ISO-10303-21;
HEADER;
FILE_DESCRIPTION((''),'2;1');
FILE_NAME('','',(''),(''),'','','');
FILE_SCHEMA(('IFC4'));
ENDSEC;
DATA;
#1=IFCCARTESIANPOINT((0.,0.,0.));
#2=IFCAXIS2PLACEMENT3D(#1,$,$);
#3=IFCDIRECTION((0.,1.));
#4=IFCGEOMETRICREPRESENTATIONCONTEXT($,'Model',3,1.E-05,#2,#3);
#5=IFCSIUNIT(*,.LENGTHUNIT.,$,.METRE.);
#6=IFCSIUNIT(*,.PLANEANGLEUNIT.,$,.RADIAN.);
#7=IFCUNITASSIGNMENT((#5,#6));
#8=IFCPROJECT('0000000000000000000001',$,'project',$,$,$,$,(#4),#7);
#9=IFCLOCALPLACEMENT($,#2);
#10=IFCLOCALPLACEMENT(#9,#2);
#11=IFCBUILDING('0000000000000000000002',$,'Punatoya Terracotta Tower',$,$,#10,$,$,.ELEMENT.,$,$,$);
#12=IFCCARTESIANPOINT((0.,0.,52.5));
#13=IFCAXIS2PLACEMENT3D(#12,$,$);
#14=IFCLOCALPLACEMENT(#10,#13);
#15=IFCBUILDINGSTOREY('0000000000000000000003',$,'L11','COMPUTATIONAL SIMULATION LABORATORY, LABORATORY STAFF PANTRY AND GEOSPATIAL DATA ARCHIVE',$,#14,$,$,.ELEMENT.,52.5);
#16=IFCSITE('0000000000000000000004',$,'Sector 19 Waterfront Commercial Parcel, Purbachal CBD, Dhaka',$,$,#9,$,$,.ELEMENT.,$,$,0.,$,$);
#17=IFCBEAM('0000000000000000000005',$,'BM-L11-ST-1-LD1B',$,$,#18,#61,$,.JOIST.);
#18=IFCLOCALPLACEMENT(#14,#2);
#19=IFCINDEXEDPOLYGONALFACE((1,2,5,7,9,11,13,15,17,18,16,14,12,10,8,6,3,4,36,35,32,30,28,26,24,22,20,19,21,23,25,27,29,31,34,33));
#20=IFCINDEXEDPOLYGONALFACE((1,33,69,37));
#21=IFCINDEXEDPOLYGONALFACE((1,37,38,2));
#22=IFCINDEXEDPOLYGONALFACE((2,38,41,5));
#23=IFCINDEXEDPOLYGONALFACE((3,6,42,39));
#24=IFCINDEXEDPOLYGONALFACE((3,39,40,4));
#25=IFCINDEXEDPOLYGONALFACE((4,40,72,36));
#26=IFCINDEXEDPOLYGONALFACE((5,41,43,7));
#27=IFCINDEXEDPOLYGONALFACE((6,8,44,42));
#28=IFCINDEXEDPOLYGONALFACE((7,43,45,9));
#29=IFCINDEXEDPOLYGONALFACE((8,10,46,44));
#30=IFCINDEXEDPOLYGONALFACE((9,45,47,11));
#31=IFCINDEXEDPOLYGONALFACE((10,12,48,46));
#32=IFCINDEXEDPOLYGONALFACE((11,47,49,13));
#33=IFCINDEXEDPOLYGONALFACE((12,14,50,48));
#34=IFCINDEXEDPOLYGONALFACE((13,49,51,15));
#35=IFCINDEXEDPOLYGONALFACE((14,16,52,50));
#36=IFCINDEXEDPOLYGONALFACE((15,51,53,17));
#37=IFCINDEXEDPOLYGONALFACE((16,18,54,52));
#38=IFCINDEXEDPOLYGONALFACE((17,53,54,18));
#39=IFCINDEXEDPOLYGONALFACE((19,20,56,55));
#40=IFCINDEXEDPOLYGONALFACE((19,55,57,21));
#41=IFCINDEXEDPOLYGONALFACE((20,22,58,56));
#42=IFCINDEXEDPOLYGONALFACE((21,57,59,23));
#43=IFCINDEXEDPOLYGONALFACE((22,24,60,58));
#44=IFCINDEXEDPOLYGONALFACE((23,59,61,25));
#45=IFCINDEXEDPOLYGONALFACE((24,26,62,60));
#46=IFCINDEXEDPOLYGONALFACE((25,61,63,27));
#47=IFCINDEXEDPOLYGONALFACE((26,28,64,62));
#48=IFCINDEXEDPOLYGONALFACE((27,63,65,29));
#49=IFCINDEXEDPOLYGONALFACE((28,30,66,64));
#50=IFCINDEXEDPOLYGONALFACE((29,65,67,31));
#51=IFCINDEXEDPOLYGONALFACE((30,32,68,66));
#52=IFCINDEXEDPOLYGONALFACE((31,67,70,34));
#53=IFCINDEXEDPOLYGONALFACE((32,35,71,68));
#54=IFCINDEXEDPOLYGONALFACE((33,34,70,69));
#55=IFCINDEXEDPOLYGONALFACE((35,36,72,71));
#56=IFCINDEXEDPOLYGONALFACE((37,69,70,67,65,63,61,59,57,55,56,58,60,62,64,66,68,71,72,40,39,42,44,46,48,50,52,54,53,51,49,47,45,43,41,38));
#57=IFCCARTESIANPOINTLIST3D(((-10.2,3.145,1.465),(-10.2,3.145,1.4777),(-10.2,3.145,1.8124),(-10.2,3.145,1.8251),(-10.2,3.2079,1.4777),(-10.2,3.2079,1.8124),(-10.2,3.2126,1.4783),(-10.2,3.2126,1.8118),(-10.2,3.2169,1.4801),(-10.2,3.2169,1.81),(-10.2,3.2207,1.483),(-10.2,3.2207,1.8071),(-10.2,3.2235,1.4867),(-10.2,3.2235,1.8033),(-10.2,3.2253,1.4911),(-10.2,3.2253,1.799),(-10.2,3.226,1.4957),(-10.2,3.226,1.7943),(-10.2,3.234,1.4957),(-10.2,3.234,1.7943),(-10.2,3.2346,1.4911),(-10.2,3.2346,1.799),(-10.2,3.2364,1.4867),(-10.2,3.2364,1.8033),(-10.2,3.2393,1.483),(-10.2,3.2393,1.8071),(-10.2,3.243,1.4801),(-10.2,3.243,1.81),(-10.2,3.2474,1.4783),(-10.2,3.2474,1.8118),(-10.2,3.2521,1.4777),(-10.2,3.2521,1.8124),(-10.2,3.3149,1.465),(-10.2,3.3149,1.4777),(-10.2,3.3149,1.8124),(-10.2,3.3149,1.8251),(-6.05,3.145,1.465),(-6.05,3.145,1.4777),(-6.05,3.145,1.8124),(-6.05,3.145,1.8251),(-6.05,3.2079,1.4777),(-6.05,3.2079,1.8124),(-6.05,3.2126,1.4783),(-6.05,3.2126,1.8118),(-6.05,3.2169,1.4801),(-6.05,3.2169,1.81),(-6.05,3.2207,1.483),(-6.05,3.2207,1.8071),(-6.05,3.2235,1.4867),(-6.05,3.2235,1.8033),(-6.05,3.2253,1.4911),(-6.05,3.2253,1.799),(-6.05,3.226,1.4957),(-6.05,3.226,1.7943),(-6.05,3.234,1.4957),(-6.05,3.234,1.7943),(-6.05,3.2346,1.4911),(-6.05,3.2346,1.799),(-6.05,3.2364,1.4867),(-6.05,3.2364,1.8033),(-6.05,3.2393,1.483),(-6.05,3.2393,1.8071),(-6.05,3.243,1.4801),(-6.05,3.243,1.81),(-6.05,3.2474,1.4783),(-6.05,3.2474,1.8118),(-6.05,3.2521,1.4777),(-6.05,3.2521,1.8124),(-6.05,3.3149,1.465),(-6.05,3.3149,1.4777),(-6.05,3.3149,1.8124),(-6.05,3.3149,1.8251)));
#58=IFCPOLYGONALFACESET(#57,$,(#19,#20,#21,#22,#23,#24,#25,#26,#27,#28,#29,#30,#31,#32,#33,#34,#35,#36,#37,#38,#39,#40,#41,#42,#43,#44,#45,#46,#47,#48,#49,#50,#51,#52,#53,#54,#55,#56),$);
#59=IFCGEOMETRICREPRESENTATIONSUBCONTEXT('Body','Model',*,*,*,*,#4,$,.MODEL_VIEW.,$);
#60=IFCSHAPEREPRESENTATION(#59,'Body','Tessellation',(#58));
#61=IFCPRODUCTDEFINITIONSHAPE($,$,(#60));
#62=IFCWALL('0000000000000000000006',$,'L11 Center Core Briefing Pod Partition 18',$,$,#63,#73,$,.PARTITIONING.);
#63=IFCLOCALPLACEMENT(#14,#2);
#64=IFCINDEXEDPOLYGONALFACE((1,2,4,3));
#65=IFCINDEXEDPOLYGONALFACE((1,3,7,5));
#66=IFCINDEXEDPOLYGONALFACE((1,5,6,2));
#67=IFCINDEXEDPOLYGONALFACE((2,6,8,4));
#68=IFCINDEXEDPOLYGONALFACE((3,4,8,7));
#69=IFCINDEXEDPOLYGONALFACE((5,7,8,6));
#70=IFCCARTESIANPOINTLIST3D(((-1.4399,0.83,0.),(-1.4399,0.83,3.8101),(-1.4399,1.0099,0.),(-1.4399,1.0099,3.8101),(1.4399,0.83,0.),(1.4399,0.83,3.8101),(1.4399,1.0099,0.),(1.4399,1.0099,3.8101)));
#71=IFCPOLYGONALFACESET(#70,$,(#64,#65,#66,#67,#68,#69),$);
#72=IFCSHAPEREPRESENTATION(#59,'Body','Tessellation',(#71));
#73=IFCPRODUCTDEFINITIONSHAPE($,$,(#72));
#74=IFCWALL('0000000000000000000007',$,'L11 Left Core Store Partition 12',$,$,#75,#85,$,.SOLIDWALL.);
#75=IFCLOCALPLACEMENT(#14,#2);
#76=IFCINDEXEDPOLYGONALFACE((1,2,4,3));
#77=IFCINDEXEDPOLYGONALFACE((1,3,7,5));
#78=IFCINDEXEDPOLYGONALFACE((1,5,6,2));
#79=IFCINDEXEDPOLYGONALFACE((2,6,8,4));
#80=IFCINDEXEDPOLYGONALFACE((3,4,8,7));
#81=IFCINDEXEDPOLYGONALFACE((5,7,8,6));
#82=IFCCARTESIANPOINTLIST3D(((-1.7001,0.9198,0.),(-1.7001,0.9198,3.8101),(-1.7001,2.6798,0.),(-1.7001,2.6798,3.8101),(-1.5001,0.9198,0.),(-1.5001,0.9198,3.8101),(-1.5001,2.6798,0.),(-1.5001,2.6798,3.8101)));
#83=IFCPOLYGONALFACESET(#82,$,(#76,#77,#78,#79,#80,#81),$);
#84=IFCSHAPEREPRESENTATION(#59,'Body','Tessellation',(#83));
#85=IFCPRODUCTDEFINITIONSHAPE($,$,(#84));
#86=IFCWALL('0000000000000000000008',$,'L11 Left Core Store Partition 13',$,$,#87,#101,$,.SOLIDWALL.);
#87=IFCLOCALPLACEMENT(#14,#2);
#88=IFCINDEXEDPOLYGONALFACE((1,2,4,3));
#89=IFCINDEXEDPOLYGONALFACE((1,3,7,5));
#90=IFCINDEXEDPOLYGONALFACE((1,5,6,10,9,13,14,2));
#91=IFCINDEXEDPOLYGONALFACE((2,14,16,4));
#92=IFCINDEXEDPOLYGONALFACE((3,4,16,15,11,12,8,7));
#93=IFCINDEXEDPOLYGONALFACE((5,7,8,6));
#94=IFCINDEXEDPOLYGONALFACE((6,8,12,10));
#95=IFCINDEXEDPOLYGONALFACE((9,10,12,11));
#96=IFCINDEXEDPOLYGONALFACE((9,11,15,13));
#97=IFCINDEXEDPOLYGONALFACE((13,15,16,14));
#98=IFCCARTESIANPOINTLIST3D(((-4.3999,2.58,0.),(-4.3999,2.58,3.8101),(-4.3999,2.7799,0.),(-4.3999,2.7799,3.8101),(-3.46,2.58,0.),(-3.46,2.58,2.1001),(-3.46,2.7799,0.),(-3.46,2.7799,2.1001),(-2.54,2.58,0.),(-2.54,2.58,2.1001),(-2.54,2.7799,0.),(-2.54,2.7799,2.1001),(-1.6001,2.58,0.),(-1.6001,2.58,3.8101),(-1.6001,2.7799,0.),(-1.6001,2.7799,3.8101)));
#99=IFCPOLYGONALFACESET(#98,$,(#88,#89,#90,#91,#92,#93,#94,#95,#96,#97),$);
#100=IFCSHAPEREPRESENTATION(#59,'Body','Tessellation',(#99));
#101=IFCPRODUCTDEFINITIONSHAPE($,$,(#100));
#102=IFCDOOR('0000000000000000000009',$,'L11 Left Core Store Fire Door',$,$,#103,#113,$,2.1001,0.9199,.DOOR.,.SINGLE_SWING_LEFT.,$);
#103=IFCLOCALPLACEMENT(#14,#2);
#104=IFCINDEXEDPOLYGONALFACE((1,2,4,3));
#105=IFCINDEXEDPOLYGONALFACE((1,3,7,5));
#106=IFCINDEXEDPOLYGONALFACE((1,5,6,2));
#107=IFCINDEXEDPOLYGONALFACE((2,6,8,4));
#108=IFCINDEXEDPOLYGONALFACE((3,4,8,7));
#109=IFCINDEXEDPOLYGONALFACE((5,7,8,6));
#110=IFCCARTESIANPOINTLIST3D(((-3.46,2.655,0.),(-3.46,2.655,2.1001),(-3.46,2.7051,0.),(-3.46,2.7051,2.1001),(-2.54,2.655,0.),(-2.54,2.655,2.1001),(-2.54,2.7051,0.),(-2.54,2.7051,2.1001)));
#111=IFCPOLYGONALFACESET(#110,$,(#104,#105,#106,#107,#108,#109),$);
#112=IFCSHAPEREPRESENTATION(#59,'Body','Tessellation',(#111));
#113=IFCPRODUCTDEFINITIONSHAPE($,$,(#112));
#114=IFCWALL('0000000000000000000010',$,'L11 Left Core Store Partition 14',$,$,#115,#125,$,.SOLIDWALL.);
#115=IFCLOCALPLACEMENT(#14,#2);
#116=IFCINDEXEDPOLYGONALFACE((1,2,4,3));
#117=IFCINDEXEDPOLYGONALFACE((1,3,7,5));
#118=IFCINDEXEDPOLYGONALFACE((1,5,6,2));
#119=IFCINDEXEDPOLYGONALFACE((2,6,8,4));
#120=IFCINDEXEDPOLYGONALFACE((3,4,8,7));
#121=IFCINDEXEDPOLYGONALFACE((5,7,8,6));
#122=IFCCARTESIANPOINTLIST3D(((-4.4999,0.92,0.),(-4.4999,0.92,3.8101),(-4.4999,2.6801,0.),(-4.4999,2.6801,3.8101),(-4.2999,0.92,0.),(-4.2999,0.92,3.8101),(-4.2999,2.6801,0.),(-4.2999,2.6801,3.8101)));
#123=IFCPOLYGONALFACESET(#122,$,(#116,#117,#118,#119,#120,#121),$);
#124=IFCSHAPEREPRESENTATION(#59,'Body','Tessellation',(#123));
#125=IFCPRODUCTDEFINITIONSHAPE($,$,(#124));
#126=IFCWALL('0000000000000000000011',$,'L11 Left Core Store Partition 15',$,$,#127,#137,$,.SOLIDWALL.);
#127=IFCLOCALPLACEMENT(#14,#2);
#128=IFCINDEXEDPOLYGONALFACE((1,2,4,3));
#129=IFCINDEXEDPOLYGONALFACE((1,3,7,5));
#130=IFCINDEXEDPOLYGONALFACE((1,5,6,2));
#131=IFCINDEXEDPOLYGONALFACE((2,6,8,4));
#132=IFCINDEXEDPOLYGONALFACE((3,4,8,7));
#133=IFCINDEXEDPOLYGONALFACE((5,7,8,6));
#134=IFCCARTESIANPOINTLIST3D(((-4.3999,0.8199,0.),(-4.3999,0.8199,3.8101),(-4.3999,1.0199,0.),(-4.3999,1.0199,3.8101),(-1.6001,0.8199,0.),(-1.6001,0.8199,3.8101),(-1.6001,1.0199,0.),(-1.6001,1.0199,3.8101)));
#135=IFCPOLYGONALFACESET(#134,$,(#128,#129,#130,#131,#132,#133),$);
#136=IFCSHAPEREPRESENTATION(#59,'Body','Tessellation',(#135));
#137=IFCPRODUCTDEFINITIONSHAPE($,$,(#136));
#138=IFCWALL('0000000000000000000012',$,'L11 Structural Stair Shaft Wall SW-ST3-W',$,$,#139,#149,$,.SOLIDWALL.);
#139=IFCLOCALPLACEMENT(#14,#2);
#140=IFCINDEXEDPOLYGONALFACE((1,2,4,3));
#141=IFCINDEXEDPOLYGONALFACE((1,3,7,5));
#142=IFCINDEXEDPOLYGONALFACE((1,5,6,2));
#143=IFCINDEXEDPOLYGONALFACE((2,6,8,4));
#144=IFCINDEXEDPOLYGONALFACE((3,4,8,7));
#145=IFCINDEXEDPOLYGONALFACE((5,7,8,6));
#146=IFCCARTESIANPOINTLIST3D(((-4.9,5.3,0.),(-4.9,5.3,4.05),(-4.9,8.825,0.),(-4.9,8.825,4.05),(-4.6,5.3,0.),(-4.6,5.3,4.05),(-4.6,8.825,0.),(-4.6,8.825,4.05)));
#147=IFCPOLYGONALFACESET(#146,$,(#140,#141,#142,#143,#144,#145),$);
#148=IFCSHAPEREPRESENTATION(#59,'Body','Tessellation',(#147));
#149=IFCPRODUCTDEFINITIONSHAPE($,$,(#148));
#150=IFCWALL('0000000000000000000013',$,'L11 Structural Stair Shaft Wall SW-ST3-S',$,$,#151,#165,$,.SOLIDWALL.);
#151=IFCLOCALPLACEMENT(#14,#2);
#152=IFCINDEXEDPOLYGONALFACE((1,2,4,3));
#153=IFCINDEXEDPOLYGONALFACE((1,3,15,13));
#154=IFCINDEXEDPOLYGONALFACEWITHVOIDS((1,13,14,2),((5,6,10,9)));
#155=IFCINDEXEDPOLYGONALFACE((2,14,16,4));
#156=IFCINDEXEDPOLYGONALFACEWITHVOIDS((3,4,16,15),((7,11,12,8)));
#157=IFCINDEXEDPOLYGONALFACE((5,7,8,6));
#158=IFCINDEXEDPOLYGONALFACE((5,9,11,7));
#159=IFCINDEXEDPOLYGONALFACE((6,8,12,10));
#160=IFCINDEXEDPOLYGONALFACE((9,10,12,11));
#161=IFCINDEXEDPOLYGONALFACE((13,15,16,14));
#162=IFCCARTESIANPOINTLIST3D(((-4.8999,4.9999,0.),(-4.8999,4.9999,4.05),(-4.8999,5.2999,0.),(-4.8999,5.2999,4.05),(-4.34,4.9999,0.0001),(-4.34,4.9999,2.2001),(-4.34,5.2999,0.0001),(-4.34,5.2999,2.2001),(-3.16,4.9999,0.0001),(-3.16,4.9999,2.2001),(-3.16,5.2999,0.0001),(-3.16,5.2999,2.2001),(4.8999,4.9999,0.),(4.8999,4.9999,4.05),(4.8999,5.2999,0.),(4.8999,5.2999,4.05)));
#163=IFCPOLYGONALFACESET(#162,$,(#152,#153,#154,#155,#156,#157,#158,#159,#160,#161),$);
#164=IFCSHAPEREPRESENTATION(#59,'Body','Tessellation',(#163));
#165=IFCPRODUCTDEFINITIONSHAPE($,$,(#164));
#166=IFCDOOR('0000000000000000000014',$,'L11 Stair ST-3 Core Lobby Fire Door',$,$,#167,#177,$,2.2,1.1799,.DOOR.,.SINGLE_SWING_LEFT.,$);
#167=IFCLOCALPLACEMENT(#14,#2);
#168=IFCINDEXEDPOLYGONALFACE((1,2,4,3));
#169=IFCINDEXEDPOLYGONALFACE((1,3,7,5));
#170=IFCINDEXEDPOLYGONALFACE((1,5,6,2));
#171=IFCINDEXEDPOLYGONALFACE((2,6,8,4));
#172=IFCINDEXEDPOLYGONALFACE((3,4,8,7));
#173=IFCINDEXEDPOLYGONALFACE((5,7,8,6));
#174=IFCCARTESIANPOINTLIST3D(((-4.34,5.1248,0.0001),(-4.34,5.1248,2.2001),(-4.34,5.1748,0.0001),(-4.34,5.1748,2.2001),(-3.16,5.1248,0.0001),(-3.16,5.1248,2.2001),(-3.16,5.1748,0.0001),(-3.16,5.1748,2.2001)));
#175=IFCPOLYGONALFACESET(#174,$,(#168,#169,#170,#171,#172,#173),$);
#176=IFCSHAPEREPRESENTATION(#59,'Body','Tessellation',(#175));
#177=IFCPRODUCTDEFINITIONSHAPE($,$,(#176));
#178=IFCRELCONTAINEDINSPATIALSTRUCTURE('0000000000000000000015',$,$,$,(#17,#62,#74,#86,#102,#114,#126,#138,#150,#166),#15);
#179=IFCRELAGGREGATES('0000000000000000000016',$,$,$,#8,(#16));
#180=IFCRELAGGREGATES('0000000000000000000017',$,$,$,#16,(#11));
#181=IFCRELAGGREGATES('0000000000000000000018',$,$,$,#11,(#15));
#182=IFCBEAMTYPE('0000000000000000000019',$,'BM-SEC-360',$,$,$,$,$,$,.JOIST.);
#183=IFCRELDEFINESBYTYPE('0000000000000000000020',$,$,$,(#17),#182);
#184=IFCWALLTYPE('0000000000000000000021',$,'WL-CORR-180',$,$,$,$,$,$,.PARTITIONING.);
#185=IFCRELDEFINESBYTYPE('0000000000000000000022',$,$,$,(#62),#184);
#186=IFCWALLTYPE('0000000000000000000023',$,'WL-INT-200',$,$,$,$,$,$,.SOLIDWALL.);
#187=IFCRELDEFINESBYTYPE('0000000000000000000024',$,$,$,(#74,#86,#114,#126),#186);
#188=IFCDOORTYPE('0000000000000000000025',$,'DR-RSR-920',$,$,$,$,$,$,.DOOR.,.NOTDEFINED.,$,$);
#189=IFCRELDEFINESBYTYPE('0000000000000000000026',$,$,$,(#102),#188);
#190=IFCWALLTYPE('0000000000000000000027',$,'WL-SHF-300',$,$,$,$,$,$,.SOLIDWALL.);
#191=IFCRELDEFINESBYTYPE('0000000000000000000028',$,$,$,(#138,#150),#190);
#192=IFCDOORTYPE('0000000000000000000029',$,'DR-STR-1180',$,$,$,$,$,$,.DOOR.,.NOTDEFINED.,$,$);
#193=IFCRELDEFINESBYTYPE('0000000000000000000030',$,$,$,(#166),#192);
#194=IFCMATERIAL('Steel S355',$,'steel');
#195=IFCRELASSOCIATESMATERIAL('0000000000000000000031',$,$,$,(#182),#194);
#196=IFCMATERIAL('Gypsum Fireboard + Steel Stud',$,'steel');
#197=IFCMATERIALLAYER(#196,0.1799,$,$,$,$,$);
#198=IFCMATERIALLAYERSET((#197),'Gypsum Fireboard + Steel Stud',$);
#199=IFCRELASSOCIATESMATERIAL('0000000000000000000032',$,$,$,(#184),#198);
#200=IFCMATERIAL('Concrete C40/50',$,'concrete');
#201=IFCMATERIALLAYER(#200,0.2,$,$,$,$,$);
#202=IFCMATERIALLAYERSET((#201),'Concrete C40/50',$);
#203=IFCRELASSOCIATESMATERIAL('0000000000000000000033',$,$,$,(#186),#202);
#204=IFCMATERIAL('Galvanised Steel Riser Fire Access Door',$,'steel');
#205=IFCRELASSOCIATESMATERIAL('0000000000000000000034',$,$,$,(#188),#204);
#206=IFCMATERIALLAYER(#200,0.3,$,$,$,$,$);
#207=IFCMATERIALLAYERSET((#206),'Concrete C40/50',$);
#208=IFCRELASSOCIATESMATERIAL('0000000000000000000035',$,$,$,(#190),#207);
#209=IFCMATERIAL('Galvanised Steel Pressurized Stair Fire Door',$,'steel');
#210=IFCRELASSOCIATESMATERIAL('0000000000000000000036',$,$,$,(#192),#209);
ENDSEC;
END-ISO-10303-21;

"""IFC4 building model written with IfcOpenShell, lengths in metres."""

from ifc_helpers import new_model, si_unit, direction, frame, frame_2d, origin, origin_2d, place, context, subcontext, project, spatial, rectangle, i_section, extrude, material, layer, layer_set, material_profile, profile_set, type_object, element, fill, save


model = new_model("IFC4")

# Units and contexts
model_context = context("Model", 3, precision=1e-05, world=origin(), true_north=direction((0.0, 1.0)))
body_context = subcontext(model_context, "Body", "Model", "MODEL_VIEW")
ifc_project = project(units=[si_unit("LENGTHUNIT", "METRE"), si_unit("PLANEANGLEUNIT", "RADIAN")], contexts=[model_context])

# Site, building, storey
site_placement = place(None, origin())
site = spatial("IfcSite", under=ifc_project, at=site_placement, Name="Sector 19 Waterfront Commercial Parcel, Purbachal CBD, Dhaka", CompositionType="ELEMENT", RefElevation=0.0)
building_placement = place(site_placement, origin())
building = spatial("IfcBuilding", under=site, at=building_placement, Name="Punatoya Terracotta Tower", CompositionType="ELEMENT")
storey_placement = place(building_placement, frame((0.0, 0.0, 52.5)))
storey = spatial("IfcBuildingStorey", under=building, at=storey_placement, Name="L11", Description="COMPUTATIONAL SIMULATION LABORATORY, LABORATORY STAFF PANTRY AND GEOSPATIAL DATA ARCHIVE", CompositionType="ELEMENT", Elevation=52.5)

# Beam
ifc_material_1 = material(Name="Steel S355", Category="steel")
ifc_material_profile_1 = material_profile(ifc_material_1, i_section(OverallWidth=0.1699, OverallDepth=0.3601, WebThickness=0.0081, FlangeThickness=0.0127, FilletRadius=0.0181, at=origin_2d()))
ifc_profile_set_1 = profile_set([ifc_material_profile_1], Name="Steel S355")
beam_type_1 = type_object("IfcBeamType", Name="BM-SEC-360", PredefinedType="JOIST", material=ifc_profile_set_1)
for number, where, z_axis, x_axis, name in (
    (1, (-10.2, 3.23, 1.645), (1.0, 0.0, 0.0), (0.0, 1.0, 0.0), "BM-L11-ST-1-LD1B"),
):
    element("IfcBeam", number, at=place(storey_placement, frame(where, z_axis=z_axis, x_axis=x_axis)), inside=storey, type_object=beam_type_1, Name=name, PredefinedType="JOIST", context=body_context, shape_type="SweptSolid", body=[
        extrude(i_section(OverallWidth=0.1699, OverallDepth=0.3601, WebThickness=0.0081, FlangeThickness=0.0127, FilletRadius=0.0181, at=origin_2d()), origin(), (0.0, 0.0, 1.0), 4.1499),
    ])

# Walls
ifc_material_2 = material(Name="Gypsum Fireboard + Steel Stud", Category="steel")
ifc_layer_1 = layer(ifc_material_2, 0.1799)
ifc_layer_set_1 = layer_set([ifc_layer_1], Name="Gypsum Fireboard + Steel Stud")
wall_type_1 = type_object("IfcWallType", Name="WL-CORR-180", PredefinedType="PARTITIONING", material=ifc_layer_set_1)
wall_1_placement = place(storey_placement, frame((-1.4399, 0.9199, 0.0), z_axis=(0.0, 0.0, 1.0), x_axis=(1.0, 0.0, 0.0)))
element("IfcWall", 2, at=wall_1_placement, inside=storey, type_object=wall_type_1, Name="L11 Center Core Briefing Pod Partition 18", PredefinedType="PARTITIONING", context=body_context, shape_type="SweptSolid", body=[
    extrude(rectangle(XDim=2.8799, YDim=0.1799, at=frame_2d((1.4399, 0.0))), origin(), (0.0, 0.0, 1.0), 3.8101),
])
ifc_material_3 = material(Name="Concrete C40/50", Category="concrete")
ifc_layer_2 = layer(ifc_material_3, 0.2)
ifc_layer_set_2 = layer_set([ifc_layer_2], Name="Concrete C40/50")
wall_type_2 = type_object("IfcWallType", Name="WL-INT-200", PredefinedType="SOLIDWALL", material=ifc_layer_set_2)
wall_2_placement = place(storey_placement, frame((-1.6001, 0.9199, 0.0), z_axis=(0.0, 0.0, 1.0), x_axis=(0.0, 1.0, 0.0)))
element("IfcWall", 3, at=wall_2_placement, inside=storey, type_object=wall_type_2, Name="L11 Left Core Store Partition 12", PredefinedType="SOLIDWALL", context=body_context, shape_type="SweptSolid", body=[
    extrude(rectangle(XDim=1.76, YDim=0.2, at=frame_2d((0.8799, 0.0))), origin(), (0.0, 0.0, 1.0), 3.8101),
])

# Wall, opening, door
wall_3_placement = place(storey_placement, frame((-1.6001, 2.6799, 0.0), z_axis=(0.0, 0.0, 1.0), x_axis=(-1.0, 0.0, 0.0)))
wall_3 = element("IfcWall", 4, at=wall_3_placement, inside=storey, type_object=wall_type_2, Name="L11 Left Core Store Partition 13", PredefinedType="SOLIDWALL", context=body_context, shape_type="SweptSolid", body=[
    extrude(rectangle(XDim=2.7998, YDim=0.2, at=frame_2d((1.3999, 0.0))), origin(), (0.0, 0.0, 1.0), 3.8101),
])
opening_1_placement = place(wall_3_placement, frame((0.9399, 0.0, 0.0)))
opening_1 = element("IfcOpeningElement", 5, at=opening_1_placement, cuts=wall_3, PredefinedType="OPENING", context=body_context, shape_type="SweptSolid", body=[
    extrude(rectangle(XDim=0.9199, YDim=2.1001, at=frame_2d((0.46, 1.05))), frame((0.0, 0.1099, 0.0), z_axis=(0.0, -1.0, 0.0), x_axis=(1.0, 0.0, 0.0)), (0.0, 0.0, 1.0), 0.22),
])
ifc_material_4 = material(Name="Galvanised Steel Riser Fire Access Door", Category="steel")
door_type_1 = type_object("IfcDoorType", Name="DR-RSR-920", OperationType="NOTDEFINED", PredefinedType="DOOR", material=ifc_material_4)
door_1_placement = place(opening_1_placement, origin())
door_1 = element("IfcDoor", 6, at=door_1_placement, inside=storey, type_object=door_type_1, Name="L11 Left Core Store Fire Door", OperationType="SINGLE_SWING_LEFT", OverallHeight=2.1001, OverallWidth=0.9199, PredefinedType="DOOR", context=body_context, shape_type="SweptSolid", body=[
    extrude(rectangle(XDim=0.9199, YDim=2.1001, at=frame_2d((0.46, 1.05))), frame((0.0, 0.0249, 0.0), z_axis=(0.0, -1.0, 0.0), x_axis=(1.0, 0.0, 0.0)), (0.0, 0.0, 1.0), 0.05),
])
fill(opening_1, door_1)

# Walls
wall_4_placement = place(storey_placement, frame((-4.3999, 2.6799, 0.0), z_axis=(0.0, 0.0, 1.0), x_axis=(0.0, -1.0, 0.0)))
element("IfcWall", 7, at=wall_4_placement, inside=storey, type_object=wall_type_2, Name="L11 Left Core Store Partition 14", PredefinedType="SOLIDWALL", context=body_context, shape_type="SweptSolid", body=[
    extrude(rectangle(XDim=1.76, YDim=0.2, at=frame_2d((0.8799, 0.0))), origin(), (0.0, 0.0, 1.0), 3.8101),
])
wall_5_placement = place(storey_placement, frame((-4.3999, 0.9199, 0.0), z_axis=(0.0, 0.0, 1.0), x_axis=(1.0, 0.0, 0.0)))
element("IfcWall", 8, at=wall_5_placement, inside=storey, type_object=wall_type_2, Name="L11 Left Core Store Partition 15", PredefinedType="SOLIDWALL", context=body_context, shape_type="SweptSolid", body=[
    extrude(rectangle(XDim=2.7998, YDim=0.2, at=frame_2d((1.3999, 0.0))), origin(), (0.0, 0.0, 1.0), 3.8101),
])
ifc_layer_3 = layer(ifc_material_3, 0.3)
ifc_layer_set_3 = layer_set([ifc_layer_3], Name="Concrete C40/50")
wall_type_3 = type_object("IfcWallType", Name="WL-SHF-300", PredefinedType="SOLIDWALL", material=ifc_layer_set_3)
wall_6_placement = place(storey_placement, frame((-4.75, 5.3, 0.0), z_axis=(0.0, 0.0, 1.0), x_axis=(0.0, 1.0, 0.0)))
element("IfcWall", 9, at=wall_6_placement, inside=storey, type_object=wall_type_3, Name="L11 Structural Stair Shaft Wall SW-ST3-W", PredefinedType="SOLIDWALL", context=body_context, shape_type="SweptSolid", body=[
    extrude(rectangle(XDim=3.5249, YDim=0.3, at=frame_2d((1.7625, 0.0))), origin(), (0.0, 0.0, 1.0), 4.05),
])

# Wall, opening, door
wall_7_placement = place(storey_placement, frame((-4.8999, 5.1499, 0.0), z_axis=(0.0, 0.0, 1.0), x_axis=(1.0, 0.0, 0.0)))
wall_7 = element("IfcWall", 10, at=wall_7_placement, inside=storey, type_object=wall_type_3, Name="L11 Structural Stair Shaft Wall SW-ST3-S", PredefinedType="SOLIDWALL", context=body_context, shape_type="SweptSolid", body=[
    extrude(rectangle(XDim=9.7998, YDim=0.3, at=frame_2d((4.8999, 0.0))), origin(), (0.0, 0.0, 1.0), 4.05),
])
opening_2_placement = place(wall_7_placement, frame((0.5601, 0.0, 0.0)))
opening_2 = element("IfcOpeningElement", 11, at=opening_2_placement, cuts=wall_7, PredefinedType="OPENING", context=body_context, shape_type="SweptSolid", body=[
    extrude(rectangle(XDim=1.1799, YDim=2.2, at=frame_2d((0.5898, 1.1001))), frame((0.0, 0.1599, 0.0), z_axis=(0.0, -1.0, 0.0), x_axis=(1.0, 0.0, 0.0)), (0.0, 0.0, 1.0), 0.3201),
])
ifc_material_5 = material(Name="Galvanised Steel Pressurized Stair Fire Door", Category="steel")
door_type_2 = type_object("IfcDoorType", Name="DR-STR-1180", OperationType="NOTDEFINED", PredefinedType="DOOR", material=ifc_material_5)
door_2_placement = place(opening_2_placement, origin())
door_2 = element("IfcDoor", 12, at=door_2_placement, inside=storey, type_object=door_type_2, Name="L11 Stair ST-3 Core Lobby Fire Door", OperationType="SINGLE_SWING_LEFT", OverallHeight=2.2, OverallWidth=1.1799, PredefinedType="DOOR", context=body_context, shape_type="SweptSolid", body=[
    extrude(rectangle(XDim=1.1799, YDim=2.2, at=frame_2d((0.5898, 1.1001))), frame((0.0, 0.0249, 0.0), z_axis=(0.0, -1.0, 0.0), x_axis=(1.0, 0.0, 0.0)), (0.0, 0.0, 1.0), 0.05),
])
fill(opening_2, door_2)

save(model, "model.ifc")
